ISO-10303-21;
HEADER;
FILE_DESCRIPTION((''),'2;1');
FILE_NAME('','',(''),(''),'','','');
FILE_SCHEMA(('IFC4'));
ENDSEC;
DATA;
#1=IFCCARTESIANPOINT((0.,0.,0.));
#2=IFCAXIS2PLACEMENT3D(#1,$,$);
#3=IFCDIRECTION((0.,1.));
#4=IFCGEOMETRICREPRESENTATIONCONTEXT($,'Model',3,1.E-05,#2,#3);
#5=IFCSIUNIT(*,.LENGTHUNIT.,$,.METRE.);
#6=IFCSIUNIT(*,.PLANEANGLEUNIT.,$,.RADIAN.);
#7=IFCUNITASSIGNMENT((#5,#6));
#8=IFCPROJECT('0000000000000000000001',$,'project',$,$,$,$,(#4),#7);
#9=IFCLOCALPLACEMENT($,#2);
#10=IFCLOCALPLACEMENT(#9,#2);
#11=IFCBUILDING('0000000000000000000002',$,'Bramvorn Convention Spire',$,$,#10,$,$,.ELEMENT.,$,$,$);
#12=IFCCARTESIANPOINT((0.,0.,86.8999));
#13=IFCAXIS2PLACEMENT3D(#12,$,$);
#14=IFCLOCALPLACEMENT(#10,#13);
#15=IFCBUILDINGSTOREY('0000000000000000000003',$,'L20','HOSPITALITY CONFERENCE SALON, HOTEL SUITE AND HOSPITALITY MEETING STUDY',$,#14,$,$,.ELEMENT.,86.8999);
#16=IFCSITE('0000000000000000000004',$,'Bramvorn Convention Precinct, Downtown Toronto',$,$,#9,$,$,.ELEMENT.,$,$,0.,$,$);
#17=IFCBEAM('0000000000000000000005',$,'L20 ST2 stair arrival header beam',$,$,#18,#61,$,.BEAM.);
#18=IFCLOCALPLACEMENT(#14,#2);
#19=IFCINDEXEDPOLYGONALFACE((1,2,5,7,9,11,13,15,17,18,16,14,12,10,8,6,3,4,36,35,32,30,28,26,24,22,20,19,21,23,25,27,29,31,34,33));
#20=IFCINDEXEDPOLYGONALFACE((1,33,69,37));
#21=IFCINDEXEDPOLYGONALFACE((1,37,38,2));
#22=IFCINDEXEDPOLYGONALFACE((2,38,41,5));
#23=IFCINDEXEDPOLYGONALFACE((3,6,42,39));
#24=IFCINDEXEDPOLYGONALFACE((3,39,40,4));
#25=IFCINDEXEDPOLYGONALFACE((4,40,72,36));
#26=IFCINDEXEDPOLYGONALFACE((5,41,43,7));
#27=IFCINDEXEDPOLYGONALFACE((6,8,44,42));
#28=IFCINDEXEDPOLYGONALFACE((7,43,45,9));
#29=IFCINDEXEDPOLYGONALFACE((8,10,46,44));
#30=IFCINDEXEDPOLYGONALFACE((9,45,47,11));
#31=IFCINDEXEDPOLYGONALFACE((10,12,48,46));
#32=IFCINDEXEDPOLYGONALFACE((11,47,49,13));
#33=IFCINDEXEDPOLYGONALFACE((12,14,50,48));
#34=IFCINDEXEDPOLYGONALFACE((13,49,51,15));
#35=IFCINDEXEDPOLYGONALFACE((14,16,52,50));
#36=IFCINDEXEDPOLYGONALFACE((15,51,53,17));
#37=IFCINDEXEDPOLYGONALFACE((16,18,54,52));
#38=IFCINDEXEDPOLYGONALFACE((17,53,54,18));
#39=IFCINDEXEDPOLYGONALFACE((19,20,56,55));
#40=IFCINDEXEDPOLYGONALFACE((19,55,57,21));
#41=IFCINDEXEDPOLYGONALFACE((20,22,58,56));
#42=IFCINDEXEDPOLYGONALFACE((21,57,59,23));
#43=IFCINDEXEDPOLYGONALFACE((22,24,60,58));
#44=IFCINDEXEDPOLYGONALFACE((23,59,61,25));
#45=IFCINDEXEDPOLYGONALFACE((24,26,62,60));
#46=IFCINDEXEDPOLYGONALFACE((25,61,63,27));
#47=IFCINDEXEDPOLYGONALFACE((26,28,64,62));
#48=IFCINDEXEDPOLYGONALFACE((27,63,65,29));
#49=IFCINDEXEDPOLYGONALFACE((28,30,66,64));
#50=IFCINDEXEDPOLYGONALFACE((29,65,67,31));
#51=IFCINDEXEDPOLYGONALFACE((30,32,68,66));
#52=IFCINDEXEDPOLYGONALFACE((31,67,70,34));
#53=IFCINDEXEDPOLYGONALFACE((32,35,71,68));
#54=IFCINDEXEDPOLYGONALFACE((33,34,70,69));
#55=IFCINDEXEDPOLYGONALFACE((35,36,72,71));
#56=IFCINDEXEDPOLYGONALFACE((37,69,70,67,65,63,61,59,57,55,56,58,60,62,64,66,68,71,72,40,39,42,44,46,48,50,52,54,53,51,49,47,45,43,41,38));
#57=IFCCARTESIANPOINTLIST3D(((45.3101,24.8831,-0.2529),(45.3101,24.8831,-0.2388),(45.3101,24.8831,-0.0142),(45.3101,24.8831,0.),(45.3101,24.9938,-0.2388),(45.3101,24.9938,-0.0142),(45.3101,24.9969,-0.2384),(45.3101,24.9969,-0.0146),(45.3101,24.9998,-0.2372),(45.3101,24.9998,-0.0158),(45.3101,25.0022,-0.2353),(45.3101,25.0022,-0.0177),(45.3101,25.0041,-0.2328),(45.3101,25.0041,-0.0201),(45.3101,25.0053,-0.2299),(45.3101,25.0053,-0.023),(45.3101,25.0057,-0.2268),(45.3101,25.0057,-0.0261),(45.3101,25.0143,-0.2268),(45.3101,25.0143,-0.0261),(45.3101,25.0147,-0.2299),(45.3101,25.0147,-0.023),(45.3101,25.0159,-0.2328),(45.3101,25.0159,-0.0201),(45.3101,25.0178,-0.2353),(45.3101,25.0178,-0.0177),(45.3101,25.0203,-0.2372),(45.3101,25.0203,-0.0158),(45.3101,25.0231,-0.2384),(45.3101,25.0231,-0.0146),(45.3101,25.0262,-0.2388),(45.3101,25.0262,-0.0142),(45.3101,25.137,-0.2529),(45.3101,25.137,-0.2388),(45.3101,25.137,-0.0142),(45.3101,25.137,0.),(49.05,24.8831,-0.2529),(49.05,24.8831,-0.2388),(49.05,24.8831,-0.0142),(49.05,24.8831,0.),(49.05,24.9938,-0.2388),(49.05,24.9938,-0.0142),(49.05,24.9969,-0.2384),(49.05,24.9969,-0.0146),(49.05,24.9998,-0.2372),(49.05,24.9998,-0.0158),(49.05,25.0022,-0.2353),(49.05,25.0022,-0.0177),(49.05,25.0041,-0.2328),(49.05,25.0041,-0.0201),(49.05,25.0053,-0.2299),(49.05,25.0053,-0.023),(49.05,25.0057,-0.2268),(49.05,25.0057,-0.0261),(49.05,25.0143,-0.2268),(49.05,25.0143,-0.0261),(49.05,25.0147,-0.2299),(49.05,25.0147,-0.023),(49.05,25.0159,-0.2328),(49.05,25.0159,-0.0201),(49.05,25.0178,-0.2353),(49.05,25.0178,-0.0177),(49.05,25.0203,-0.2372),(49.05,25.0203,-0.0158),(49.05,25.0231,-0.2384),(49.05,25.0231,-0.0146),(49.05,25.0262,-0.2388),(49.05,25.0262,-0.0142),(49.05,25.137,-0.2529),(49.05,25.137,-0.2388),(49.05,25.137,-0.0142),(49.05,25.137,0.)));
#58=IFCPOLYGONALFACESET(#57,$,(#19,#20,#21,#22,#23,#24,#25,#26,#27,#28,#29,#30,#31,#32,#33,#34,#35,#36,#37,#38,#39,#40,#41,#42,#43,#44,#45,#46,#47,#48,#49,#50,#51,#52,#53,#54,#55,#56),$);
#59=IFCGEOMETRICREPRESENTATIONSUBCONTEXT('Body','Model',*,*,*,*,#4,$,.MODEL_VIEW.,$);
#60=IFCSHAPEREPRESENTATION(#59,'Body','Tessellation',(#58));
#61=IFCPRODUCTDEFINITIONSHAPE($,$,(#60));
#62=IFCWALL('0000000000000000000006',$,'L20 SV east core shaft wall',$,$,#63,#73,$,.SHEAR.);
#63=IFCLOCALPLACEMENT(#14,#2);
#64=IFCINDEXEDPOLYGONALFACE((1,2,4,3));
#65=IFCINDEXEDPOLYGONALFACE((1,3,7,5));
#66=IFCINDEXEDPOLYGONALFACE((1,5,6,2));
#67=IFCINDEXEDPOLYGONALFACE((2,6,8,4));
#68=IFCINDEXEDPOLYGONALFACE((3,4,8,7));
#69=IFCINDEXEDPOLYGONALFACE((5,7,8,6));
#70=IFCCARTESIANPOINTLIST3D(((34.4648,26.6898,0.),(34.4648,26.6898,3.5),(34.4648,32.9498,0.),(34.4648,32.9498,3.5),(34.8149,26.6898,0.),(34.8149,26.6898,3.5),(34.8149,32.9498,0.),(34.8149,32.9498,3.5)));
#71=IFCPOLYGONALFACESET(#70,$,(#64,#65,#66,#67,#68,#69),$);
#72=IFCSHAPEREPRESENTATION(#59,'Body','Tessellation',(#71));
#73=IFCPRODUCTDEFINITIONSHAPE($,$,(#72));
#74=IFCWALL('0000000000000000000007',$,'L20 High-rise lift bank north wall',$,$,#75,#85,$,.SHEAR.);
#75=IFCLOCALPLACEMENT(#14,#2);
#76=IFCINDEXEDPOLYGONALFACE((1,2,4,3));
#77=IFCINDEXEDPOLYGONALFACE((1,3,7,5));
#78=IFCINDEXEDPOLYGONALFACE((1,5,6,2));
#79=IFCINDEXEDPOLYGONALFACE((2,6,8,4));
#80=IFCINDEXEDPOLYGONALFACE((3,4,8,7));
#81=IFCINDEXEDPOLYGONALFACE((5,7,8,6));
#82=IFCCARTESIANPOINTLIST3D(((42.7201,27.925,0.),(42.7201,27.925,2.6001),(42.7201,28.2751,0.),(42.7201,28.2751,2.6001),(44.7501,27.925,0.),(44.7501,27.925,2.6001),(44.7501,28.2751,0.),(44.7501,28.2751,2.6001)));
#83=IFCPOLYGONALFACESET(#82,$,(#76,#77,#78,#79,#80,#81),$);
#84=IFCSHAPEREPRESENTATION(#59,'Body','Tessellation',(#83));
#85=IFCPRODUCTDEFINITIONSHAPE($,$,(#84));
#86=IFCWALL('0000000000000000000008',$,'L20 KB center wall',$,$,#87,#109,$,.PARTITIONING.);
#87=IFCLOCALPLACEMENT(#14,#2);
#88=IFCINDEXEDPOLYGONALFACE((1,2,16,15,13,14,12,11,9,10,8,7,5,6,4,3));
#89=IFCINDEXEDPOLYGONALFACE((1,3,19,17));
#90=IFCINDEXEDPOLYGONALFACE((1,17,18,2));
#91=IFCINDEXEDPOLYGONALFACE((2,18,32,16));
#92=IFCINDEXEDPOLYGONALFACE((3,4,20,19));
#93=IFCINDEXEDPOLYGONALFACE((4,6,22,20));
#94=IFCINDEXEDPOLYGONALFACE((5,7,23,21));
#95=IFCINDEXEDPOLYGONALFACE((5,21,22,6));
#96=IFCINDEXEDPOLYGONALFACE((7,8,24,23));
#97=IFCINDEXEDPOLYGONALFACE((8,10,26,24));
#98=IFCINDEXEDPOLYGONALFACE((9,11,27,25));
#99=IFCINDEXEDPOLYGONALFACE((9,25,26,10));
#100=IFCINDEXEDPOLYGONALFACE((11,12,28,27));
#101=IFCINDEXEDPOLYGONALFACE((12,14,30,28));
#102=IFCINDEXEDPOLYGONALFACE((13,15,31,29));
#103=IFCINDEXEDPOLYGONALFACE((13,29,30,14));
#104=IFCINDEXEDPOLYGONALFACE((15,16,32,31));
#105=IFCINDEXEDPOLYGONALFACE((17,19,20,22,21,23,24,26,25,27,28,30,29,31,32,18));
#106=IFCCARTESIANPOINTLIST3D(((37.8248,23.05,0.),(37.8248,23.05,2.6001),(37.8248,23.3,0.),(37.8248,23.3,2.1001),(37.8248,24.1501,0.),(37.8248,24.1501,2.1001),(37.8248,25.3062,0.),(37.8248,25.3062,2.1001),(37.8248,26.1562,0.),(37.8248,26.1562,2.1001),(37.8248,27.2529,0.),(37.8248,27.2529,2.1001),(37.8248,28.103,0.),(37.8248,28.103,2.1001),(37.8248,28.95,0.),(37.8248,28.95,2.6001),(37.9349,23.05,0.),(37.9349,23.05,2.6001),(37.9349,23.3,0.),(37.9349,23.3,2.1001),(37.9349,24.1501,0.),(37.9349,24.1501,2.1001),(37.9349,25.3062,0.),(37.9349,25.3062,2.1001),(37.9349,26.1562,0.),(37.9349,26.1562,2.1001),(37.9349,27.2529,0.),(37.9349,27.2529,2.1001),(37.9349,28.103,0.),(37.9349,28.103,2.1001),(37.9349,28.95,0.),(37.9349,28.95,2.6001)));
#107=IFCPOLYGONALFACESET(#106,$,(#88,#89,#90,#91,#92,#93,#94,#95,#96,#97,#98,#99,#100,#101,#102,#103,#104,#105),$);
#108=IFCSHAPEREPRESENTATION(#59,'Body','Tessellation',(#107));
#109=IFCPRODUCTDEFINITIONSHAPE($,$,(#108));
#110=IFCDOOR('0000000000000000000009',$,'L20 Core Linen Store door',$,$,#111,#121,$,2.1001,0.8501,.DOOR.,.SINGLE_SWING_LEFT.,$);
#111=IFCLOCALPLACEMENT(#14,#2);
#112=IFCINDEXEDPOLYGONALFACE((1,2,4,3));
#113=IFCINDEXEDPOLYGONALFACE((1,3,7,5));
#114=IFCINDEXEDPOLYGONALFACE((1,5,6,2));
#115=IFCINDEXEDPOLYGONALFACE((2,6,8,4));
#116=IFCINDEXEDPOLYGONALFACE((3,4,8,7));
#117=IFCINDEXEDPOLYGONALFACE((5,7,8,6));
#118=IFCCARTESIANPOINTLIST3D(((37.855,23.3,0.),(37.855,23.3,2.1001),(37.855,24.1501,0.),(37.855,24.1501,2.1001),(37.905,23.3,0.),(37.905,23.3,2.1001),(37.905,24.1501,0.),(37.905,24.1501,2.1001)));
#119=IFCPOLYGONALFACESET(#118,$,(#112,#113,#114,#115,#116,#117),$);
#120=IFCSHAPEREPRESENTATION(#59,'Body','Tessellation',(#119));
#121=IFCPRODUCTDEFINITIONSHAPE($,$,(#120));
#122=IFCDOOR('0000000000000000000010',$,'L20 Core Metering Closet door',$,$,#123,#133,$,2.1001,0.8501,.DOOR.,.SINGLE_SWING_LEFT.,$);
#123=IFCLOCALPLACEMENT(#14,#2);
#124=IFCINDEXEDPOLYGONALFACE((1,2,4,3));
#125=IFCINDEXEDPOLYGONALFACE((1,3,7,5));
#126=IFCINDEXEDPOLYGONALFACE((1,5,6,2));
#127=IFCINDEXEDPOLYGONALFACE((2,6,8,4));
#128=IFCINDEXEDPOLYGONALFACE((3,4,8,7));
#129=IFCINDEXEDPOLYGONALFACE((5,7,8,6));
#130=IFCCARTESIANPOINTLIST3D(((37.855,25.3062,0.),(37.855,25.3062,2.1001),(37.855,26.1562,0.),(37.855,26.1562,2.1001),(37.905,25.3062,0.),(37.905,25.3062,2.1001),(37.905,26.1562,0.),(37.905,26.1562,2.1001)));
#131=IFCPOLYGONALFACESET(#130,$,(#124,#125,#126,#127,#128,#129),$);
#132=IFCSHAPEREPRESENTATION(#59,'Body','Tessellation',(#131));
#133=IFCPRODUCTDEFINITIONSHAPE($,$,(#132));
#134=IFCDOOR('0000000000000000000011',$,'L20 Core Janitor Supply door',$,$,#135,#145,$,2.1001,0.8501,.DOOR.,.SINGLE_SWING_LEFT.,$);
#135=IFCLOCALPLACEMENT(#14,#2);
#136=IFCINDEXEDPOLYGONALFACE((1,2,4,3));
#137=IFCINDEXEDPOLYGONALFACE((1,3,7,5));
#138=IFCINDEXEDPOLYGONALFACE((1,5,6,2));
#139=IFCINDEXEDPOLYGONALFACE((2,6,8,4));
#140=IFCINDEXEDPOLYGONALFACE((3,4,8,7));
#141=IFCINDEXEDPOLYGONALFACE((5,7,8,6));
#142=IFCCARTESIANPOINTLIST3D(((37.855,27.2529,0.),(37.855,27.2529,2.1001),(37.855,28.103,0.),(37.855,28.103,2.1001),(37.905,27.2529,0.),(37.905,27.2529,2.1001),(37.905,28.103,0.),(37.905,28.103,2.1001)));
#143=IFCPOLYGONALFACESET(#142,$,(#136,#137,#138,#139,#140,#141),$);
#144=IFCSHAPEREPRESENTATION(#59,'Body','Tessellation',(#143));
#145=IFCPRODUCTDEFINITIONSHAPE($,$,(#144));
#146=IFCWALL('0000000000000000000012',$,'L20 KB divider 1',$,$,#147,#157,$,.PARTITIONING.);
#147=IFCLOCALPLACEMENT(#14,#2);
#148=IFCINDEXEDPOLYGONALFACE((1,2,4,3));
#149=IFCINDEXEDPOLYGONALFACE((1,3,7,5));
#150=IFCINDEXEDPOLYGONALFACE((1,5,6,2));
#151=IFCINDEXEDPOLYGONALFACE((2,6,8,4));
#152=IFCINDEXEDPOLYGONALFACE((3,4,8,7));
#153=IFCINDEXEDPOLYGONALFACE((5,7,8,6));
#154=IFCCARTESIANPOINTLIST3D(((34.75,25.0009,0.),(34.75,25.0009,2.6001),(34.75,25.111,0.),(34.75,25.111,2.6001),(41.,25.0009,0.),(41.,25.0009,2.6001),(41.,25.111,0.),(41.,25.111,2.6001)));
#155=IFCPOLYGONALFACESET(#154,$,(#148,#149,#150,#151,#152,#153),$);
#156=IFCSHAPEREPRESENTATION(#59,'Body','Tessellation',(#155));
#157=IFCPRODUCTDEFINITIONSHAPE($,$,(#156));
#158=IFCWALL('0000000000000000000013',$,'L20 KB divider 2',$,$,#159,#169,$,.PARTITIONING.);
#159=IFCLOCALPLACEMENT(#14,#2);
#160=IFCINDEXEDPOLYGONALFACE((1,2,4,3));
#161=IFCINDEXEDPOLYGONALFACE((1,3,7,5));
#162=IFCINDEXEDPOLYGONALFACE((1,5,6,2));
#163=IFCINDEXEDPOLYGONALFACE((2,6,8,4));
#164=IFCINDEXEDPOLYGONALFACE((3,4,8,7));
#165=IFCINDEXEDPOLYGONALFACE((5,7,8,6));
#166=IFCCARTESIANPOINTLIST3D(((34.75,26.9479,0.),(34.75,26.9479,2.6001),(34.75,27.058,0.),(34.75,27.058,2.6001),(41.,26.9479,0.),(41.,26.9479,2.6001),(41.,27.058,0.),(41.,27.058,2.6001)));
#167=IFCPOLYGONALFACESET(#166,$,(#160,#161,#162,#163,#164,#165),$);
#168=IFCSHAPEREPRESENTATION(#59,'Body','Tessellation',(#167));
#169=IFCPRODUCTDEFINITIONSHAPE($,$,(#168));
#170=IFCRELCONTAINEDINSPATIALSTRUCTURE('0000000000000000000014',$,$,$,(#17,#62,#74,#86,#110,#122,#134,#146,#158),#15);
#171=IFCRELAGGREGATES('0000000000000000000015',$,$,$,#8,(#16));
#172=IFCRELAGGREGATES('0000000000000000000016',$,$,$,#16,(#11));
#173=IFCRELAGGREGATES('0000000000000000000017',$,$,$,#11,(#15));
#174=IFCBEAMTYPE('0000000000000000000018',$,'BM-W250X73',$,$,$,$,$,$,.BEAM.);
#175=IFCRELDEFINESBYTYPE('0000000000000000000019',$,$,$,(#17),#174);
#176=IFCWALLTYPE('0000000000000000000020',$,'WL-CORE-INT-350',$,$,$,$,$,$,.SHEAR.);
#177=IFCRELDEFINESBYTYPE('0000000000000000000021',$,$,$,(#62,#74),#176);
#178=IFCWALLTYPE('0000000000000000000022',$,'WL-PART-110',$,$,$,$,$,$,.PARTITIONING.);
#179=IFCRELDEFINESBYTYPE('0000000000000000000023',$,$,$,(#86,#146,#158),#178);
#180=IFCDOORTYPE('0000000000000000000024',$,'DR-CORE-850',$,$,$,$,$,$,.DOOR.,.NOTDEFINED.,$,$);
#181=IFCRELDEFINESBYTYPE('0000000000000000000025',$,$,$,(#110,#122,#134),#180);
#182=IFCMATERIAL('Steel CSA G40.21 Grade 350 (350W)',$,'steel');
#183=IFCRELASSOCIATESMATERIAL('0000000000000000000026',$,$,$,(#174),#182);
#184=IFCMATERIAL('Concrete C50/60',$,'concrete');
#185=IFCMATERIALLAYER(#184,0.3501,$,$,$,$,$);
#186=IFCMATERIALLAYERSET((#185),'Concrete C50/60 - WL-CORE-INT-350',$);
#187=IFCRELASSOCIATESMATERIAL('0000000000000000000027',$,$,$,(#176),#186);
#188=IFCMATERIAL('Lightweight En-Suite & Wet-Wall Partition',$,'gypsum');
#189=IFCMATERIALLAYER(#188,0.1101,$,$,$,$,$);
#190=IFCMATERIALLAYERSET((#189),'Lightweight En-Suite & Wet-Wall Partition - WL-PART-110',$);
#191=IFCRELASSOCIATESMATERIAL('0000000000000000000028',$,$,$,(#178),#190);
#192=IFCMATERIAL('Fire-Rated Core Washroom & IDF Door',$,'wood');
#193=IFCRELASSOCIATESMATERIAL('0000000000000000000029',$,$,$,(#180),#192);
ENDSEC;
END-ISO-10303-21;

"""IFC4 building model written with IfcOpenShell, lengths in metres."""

from ifc_helpers import new_model, si_unit, direction, frame, frame_2d, origin, origin_2d, place, context, subcontext, project, spatial, rectangle, i_section, extrude, material, layer, layer_set, material_profile, profile_set, type_object, element, fill, save


model = new_model("IFC4")

# Units and contexts
model_context = context("Model", 3, precision=1e-05, world=origin(), true_north=direction((0.0, 1.0)))
body_context = subcontext(model_context, "Body", "Model", "MODEL_VIEW")
ifc_project = project(units=[si_unit("LENGTHUNIT", "METRE"), si_unit("PLANEANGLEUNIT", "RADIAN")], contexts=[model_context])

# Site, building, storey
site_placement = place(None, origin())
site = spatial("IfcSite", under=ifc_project, at=site_placement, Name="Bramvorn Convention Precinct, Downtown Toronto", CompositionType="ELEMENT", RefElevation=0.0)
building_placement = place(site_placement, origin())
building = spatial("IfcBuilding", under=site, at=building_placement, Name="Bramvorn Convention Spire", CompositionType="ELEMENT")
storey_placement = place(building_placement, frame((0.0, 0.0, 86.8999)))
storey = spatial("IfcBuildingStorey", under=building, at=storey_placement, Name="L20", Description="HOSPITALITY CONFERENCE SALON, HOTEL SUITE AND HOSPITALITY MEETING STUDY", CompositionType="ELEMENT", Elevation=86.8999)

# Beam
ifc_material_1 = material(Name="Steel CSA G40.21 Grade 350 (350W)", Category="steel")
ifc_material_profile = material_profile(ifc_material_1, i_section(OverallWidth=0.2539, OverallDepth=0.2529, WebThickness=0.0085, FlangeThickness=0.0142, FilletRadius=0.012, at=origin_2d()))
ifc_profile_set = profile_set([ifc_material_profile], Name="Steel CSA G40.21 Grade 350 (350W) - W250X73")
beam_type = type_object("IfcBeamType", Name="BM-W250X73", PredefinedType="BEAM", material=ifc_profile_set)
beam_placement = place(storey_placement, frame((45.3101, 25.01, -0.1265), z_axis=(1.0, 0.0, 0.0), x_axis=(0.0, 1.0, 0.0)))
element("IfcBeam", 1, at=beam_placement, inside=storey, type_object=beam_type, Name="L20 ST2 stair arrival header beam", PredefinedType="BEAM", context=body_context, shape_type="SweptSolid", body=[
    extrude(i_section(OverallWidth=0.2539, OverallDepth=0.2529, WebThickness=0.0085, FlangeThickness=0.0142, FilletRadius=0.012, at=origin_2d()), origin(), (0.0, 0.0, 1.0), 3.74),
])

# Walls
ifc_material_2 = material(Name="Concrete C50/60", Category="concrete")
ifc_layer_1 = layer(ifc_material_2, 0.3501)
ifc_layer_set_1 = layer_set([ifc_layer_1], Name="Concrete C50/60 - WL-CORE-INT-350")
wall_type_1 = type_object("IfcWallType", Name="WL-CORE-INT-350", PredefinedType="SHEAR", material=ifc_layer_set_1)
wall_1_placement = place(storey_placement, frame((34.6399, 26.6899, 0.0), z_axis=(0.0, 0.0, 1.0), x_axis=(0.0, 1.0, 0.0)))
element("IfcWall", 2, at=wall_1_placement, inside=storey, type_object=wall_type_1, Name="L20 SV east core shaft wall", PredefinedType="SHEAR", context=body_context, shape_type="SweptSolid", body=[
    extrude(rectangle(XDim=6.26, YDim=0.3501, at=frame_2d((3.1299, 0.0))), origin(), (0.0, 0.0, 1.0), 3.5),
])
wall_2_placement = place(storey_placement, frame((42.72, 28.1001, 0.0), z_axis=(0.0, 0.0, 1.0), x_axis=(1.0, 0.0, 0.0)))
element("IfcWall", 3, at=wall_2_placement, inside=storey, type_object=wall_type_1, Name="L20 High-rise lift bank north wall", PredefinedType="SHEAR", context=body_context, shape_type="SweptSolid", body=[
    extrude(rectangle(XDim=2.03, YDim=0.3501, at=frame_2d((1.0151, 0.0))), origin(), (0.0, 0.0, 1.0), 2.6001),
])

# Wall, openings, doors
ifc_material_3 = material(Name="Lightweight En-Suite & Wet-Wall Partition", Category="gypsum")
ifc_layer_2 = layer(ifc_material_3, 0.1101)
ifc_layer_set_2 = layer_set([ifc_layer_2], Name="Lightweight En-Suite & Wet-Wall Partition - WL-PART-110")
wall_type_2 = type_object("IfcWallType", Name="WL-PART-110", PredefinedType="PARTITIONING", material=ifc_layer_set_2)
wall_3_placement = place(storey_placement, frame((37.8799, 23.05, 0.0), z_axis=(0.0, 0.0, 1.0), x_axis=(0.0, 1.0, 0.0)))
wall_3 = element("IfcWall", 4, at=wall_3_placement, inside=storey, type_object=wall_type_2, Name="L20 KB center wall", PredefinedType="PARTITIONING", context=body_context, shape_type="SweptSolid", body=[
    extrude(rectangle(XDim=5.8999, YDim=0.1101, at=frame_2d((2.95, 0.0))), origin(), (0.0, 0.0, 1.0), 2.6001),
])
opening_1_placement = place(wall_3_placement, frame((0.25, 0.0, 0.0)))
opening_1 = element("IfcOpeningElement", 5, at=opening_1_placement, cuts=wall_3, PredefinedType="OPENING", context=body_context, shape_type="SweptSolid", body=[
    extrude(rectangle(XDim=0.8501, YDim=2.1001, at=frame_2d((0.425, 1.05))), frame((0.0, 0.0649, 0.0), z_axis=(0.0, -1.0, 0.0), x_axis=(1.0, 0.0, 0.0)), (0.0, 0.0, 1.0), 0.1301),
])
opening_2_placement = place(wall_3_placement, frame((2.2561, 0.0, 0.0)))
opening_2 = element("IfcOpeningElement", 6, at=opening_2_placement, cuts=wall_3, PredefinedType="OPENING", context=body_context, shape_type="SweptSolid", body=[
    extrude(rectangle(XDim=0.8501, YDim=2.1001, at=frame_2d((0.425, 1.05))), frame((0.0, 0.0649, 0.0), z_axis=(0.0, -1.0, 0.0), x_axis=(1.0, 0.0, 0.0)), (0.0, 0.0, 1.0), 0.1301),
])
opening_3_placement = place(wall_3_placement, frame((4.2029, 0.0, 0.0)))
opening_3 = element("IfcOpeningElement", 7, at=opening_3_placement, cuts=wall_3, PredefinedType="OPENING", context=body_context, shape_type="SweptSolid", body=[
    extrude(rectangle(XDim=0.8501, YDim=2.1001, at=frame_2d((0.425, 1.05))), frame((0.0, 0.0649, 0.0), z_axis=(0.0, -1.0, 0.0), x_axis=(1.0, 0.0, 0.0)), (0.0, 0.0, 1.0), 0.1301),
])
ifc_material_4 = material(Name="Fire-Rated Core Washroom & IDF Door", Category="wood")
door_type_1 = type_object("IfcDoorType", Name="DR-CORE-850", OperationType="NOTDEFINED", PredefinedType="DOOR", material=ifc_material_4)
door_1_placement = place(opening_1_placement, origin())
door_1 = element("IfcDoor", 8, at=door_1_placement, inside=storey, type_object=door_type_1, Name="L20 Core Linen Store door", OperationType="SINGLE_SWING_LEFT", OverallHeight=2.1001, OverallWidth=0.8501, PredefinedType="DOOR", context=body_context, shape_type="SweptSolid", body=[
    extrude(rectangle(XDim=0.8501, YDim=2.1001, at=frame_2d((0.425, 1.05))), frame((0.0, 0.0249, 0.0), z_axis=(0.0, -1.0, 0.0), x_axis=(1.0, 0.0, 0.0)), (0.0, 0.0, 1.0), 0.05),
])
fill(opening_1, door_1)
door_2_placement = place(opening_2_placement, origin())
door_2 = element("IfcDoor", 9, at=door_2_placement, inside=storey, type_object=door_type_1, Name="L20 Core Metering Closet door", OperationType="SINGLE_SWING_LEFT", OverallHeight=2.1001, OverallWidth=0.8501, PredefinedType="DOOR", context=body_context, shape_type="SweptSolid", body=[
    extrude(rectangle(XDim=0.8501, YDim=2.1001, at=frame_2d((0.425, 1.05))), frame((0.0, 0.0249, 0.0), z_axis=(0.0, -1.0, 0.0), x_axis=(1.0, 0.0, 0.0)), (0.0, 0.0, 1.0), 0.05),
])
fill(opening_2, door_2)
door_3_placement = place(opening_3_placement, origin())
door_3 = element("IfcDoor", 10, at=door_3_placement, inside=storey, type_object=door_type_1, Name="L20 Core Janitor Supply door", OperationType="SINGLE_SWING_LEFT", OverallHeight=2.1001, OverallWidth=0.8501, PredefinedType="DOOR", context=body_context, shape_type="SweptSolid", body=[
    extrude(rectangle(XDim=0.8501, YDim=2.1001, at=frame_2d((0.425, 1.05))), frame((0.0, 0.0249, 0.0), z_axis=(0.0, -1.0, 0.0), x_axis=(1.0, 0.0, 0.0)), (0.0, 0.0, 1.0), 0.05),
])
fill(opening_3, door_3)

# Walls
for number, where, z_axis, x_axis, name in (
    (11, (34.75, 25.0559, 0.0), (0.0, 0.0, 1.0), (1.0, 0.0, 0.0), "L20 KB divider 1"),
    (12, (34.75, 27.0029, 0.0), (0.0, 0.0, 1.0), (1.0, 0.0, 0.0), "L20 KB divider 2"),
):
    element("IfcWall", number, at=place(storey_placement, frame(where, z_axis=z_axis, x_axis=x_axis)), inside=storey, type_object=wall_type_2, Name=name, PredefinedType="PARTITIONING", context=body_context, shape_type="SweptSolid", body=[
        extrude(rectangle(XDim=6.25, YDim=0.1101, at=frame_2d((3.125, 0.0))), origin(), (0.0, 0.0, 1.0), 2.6001),
    ])

save(model, "model.ifc")
